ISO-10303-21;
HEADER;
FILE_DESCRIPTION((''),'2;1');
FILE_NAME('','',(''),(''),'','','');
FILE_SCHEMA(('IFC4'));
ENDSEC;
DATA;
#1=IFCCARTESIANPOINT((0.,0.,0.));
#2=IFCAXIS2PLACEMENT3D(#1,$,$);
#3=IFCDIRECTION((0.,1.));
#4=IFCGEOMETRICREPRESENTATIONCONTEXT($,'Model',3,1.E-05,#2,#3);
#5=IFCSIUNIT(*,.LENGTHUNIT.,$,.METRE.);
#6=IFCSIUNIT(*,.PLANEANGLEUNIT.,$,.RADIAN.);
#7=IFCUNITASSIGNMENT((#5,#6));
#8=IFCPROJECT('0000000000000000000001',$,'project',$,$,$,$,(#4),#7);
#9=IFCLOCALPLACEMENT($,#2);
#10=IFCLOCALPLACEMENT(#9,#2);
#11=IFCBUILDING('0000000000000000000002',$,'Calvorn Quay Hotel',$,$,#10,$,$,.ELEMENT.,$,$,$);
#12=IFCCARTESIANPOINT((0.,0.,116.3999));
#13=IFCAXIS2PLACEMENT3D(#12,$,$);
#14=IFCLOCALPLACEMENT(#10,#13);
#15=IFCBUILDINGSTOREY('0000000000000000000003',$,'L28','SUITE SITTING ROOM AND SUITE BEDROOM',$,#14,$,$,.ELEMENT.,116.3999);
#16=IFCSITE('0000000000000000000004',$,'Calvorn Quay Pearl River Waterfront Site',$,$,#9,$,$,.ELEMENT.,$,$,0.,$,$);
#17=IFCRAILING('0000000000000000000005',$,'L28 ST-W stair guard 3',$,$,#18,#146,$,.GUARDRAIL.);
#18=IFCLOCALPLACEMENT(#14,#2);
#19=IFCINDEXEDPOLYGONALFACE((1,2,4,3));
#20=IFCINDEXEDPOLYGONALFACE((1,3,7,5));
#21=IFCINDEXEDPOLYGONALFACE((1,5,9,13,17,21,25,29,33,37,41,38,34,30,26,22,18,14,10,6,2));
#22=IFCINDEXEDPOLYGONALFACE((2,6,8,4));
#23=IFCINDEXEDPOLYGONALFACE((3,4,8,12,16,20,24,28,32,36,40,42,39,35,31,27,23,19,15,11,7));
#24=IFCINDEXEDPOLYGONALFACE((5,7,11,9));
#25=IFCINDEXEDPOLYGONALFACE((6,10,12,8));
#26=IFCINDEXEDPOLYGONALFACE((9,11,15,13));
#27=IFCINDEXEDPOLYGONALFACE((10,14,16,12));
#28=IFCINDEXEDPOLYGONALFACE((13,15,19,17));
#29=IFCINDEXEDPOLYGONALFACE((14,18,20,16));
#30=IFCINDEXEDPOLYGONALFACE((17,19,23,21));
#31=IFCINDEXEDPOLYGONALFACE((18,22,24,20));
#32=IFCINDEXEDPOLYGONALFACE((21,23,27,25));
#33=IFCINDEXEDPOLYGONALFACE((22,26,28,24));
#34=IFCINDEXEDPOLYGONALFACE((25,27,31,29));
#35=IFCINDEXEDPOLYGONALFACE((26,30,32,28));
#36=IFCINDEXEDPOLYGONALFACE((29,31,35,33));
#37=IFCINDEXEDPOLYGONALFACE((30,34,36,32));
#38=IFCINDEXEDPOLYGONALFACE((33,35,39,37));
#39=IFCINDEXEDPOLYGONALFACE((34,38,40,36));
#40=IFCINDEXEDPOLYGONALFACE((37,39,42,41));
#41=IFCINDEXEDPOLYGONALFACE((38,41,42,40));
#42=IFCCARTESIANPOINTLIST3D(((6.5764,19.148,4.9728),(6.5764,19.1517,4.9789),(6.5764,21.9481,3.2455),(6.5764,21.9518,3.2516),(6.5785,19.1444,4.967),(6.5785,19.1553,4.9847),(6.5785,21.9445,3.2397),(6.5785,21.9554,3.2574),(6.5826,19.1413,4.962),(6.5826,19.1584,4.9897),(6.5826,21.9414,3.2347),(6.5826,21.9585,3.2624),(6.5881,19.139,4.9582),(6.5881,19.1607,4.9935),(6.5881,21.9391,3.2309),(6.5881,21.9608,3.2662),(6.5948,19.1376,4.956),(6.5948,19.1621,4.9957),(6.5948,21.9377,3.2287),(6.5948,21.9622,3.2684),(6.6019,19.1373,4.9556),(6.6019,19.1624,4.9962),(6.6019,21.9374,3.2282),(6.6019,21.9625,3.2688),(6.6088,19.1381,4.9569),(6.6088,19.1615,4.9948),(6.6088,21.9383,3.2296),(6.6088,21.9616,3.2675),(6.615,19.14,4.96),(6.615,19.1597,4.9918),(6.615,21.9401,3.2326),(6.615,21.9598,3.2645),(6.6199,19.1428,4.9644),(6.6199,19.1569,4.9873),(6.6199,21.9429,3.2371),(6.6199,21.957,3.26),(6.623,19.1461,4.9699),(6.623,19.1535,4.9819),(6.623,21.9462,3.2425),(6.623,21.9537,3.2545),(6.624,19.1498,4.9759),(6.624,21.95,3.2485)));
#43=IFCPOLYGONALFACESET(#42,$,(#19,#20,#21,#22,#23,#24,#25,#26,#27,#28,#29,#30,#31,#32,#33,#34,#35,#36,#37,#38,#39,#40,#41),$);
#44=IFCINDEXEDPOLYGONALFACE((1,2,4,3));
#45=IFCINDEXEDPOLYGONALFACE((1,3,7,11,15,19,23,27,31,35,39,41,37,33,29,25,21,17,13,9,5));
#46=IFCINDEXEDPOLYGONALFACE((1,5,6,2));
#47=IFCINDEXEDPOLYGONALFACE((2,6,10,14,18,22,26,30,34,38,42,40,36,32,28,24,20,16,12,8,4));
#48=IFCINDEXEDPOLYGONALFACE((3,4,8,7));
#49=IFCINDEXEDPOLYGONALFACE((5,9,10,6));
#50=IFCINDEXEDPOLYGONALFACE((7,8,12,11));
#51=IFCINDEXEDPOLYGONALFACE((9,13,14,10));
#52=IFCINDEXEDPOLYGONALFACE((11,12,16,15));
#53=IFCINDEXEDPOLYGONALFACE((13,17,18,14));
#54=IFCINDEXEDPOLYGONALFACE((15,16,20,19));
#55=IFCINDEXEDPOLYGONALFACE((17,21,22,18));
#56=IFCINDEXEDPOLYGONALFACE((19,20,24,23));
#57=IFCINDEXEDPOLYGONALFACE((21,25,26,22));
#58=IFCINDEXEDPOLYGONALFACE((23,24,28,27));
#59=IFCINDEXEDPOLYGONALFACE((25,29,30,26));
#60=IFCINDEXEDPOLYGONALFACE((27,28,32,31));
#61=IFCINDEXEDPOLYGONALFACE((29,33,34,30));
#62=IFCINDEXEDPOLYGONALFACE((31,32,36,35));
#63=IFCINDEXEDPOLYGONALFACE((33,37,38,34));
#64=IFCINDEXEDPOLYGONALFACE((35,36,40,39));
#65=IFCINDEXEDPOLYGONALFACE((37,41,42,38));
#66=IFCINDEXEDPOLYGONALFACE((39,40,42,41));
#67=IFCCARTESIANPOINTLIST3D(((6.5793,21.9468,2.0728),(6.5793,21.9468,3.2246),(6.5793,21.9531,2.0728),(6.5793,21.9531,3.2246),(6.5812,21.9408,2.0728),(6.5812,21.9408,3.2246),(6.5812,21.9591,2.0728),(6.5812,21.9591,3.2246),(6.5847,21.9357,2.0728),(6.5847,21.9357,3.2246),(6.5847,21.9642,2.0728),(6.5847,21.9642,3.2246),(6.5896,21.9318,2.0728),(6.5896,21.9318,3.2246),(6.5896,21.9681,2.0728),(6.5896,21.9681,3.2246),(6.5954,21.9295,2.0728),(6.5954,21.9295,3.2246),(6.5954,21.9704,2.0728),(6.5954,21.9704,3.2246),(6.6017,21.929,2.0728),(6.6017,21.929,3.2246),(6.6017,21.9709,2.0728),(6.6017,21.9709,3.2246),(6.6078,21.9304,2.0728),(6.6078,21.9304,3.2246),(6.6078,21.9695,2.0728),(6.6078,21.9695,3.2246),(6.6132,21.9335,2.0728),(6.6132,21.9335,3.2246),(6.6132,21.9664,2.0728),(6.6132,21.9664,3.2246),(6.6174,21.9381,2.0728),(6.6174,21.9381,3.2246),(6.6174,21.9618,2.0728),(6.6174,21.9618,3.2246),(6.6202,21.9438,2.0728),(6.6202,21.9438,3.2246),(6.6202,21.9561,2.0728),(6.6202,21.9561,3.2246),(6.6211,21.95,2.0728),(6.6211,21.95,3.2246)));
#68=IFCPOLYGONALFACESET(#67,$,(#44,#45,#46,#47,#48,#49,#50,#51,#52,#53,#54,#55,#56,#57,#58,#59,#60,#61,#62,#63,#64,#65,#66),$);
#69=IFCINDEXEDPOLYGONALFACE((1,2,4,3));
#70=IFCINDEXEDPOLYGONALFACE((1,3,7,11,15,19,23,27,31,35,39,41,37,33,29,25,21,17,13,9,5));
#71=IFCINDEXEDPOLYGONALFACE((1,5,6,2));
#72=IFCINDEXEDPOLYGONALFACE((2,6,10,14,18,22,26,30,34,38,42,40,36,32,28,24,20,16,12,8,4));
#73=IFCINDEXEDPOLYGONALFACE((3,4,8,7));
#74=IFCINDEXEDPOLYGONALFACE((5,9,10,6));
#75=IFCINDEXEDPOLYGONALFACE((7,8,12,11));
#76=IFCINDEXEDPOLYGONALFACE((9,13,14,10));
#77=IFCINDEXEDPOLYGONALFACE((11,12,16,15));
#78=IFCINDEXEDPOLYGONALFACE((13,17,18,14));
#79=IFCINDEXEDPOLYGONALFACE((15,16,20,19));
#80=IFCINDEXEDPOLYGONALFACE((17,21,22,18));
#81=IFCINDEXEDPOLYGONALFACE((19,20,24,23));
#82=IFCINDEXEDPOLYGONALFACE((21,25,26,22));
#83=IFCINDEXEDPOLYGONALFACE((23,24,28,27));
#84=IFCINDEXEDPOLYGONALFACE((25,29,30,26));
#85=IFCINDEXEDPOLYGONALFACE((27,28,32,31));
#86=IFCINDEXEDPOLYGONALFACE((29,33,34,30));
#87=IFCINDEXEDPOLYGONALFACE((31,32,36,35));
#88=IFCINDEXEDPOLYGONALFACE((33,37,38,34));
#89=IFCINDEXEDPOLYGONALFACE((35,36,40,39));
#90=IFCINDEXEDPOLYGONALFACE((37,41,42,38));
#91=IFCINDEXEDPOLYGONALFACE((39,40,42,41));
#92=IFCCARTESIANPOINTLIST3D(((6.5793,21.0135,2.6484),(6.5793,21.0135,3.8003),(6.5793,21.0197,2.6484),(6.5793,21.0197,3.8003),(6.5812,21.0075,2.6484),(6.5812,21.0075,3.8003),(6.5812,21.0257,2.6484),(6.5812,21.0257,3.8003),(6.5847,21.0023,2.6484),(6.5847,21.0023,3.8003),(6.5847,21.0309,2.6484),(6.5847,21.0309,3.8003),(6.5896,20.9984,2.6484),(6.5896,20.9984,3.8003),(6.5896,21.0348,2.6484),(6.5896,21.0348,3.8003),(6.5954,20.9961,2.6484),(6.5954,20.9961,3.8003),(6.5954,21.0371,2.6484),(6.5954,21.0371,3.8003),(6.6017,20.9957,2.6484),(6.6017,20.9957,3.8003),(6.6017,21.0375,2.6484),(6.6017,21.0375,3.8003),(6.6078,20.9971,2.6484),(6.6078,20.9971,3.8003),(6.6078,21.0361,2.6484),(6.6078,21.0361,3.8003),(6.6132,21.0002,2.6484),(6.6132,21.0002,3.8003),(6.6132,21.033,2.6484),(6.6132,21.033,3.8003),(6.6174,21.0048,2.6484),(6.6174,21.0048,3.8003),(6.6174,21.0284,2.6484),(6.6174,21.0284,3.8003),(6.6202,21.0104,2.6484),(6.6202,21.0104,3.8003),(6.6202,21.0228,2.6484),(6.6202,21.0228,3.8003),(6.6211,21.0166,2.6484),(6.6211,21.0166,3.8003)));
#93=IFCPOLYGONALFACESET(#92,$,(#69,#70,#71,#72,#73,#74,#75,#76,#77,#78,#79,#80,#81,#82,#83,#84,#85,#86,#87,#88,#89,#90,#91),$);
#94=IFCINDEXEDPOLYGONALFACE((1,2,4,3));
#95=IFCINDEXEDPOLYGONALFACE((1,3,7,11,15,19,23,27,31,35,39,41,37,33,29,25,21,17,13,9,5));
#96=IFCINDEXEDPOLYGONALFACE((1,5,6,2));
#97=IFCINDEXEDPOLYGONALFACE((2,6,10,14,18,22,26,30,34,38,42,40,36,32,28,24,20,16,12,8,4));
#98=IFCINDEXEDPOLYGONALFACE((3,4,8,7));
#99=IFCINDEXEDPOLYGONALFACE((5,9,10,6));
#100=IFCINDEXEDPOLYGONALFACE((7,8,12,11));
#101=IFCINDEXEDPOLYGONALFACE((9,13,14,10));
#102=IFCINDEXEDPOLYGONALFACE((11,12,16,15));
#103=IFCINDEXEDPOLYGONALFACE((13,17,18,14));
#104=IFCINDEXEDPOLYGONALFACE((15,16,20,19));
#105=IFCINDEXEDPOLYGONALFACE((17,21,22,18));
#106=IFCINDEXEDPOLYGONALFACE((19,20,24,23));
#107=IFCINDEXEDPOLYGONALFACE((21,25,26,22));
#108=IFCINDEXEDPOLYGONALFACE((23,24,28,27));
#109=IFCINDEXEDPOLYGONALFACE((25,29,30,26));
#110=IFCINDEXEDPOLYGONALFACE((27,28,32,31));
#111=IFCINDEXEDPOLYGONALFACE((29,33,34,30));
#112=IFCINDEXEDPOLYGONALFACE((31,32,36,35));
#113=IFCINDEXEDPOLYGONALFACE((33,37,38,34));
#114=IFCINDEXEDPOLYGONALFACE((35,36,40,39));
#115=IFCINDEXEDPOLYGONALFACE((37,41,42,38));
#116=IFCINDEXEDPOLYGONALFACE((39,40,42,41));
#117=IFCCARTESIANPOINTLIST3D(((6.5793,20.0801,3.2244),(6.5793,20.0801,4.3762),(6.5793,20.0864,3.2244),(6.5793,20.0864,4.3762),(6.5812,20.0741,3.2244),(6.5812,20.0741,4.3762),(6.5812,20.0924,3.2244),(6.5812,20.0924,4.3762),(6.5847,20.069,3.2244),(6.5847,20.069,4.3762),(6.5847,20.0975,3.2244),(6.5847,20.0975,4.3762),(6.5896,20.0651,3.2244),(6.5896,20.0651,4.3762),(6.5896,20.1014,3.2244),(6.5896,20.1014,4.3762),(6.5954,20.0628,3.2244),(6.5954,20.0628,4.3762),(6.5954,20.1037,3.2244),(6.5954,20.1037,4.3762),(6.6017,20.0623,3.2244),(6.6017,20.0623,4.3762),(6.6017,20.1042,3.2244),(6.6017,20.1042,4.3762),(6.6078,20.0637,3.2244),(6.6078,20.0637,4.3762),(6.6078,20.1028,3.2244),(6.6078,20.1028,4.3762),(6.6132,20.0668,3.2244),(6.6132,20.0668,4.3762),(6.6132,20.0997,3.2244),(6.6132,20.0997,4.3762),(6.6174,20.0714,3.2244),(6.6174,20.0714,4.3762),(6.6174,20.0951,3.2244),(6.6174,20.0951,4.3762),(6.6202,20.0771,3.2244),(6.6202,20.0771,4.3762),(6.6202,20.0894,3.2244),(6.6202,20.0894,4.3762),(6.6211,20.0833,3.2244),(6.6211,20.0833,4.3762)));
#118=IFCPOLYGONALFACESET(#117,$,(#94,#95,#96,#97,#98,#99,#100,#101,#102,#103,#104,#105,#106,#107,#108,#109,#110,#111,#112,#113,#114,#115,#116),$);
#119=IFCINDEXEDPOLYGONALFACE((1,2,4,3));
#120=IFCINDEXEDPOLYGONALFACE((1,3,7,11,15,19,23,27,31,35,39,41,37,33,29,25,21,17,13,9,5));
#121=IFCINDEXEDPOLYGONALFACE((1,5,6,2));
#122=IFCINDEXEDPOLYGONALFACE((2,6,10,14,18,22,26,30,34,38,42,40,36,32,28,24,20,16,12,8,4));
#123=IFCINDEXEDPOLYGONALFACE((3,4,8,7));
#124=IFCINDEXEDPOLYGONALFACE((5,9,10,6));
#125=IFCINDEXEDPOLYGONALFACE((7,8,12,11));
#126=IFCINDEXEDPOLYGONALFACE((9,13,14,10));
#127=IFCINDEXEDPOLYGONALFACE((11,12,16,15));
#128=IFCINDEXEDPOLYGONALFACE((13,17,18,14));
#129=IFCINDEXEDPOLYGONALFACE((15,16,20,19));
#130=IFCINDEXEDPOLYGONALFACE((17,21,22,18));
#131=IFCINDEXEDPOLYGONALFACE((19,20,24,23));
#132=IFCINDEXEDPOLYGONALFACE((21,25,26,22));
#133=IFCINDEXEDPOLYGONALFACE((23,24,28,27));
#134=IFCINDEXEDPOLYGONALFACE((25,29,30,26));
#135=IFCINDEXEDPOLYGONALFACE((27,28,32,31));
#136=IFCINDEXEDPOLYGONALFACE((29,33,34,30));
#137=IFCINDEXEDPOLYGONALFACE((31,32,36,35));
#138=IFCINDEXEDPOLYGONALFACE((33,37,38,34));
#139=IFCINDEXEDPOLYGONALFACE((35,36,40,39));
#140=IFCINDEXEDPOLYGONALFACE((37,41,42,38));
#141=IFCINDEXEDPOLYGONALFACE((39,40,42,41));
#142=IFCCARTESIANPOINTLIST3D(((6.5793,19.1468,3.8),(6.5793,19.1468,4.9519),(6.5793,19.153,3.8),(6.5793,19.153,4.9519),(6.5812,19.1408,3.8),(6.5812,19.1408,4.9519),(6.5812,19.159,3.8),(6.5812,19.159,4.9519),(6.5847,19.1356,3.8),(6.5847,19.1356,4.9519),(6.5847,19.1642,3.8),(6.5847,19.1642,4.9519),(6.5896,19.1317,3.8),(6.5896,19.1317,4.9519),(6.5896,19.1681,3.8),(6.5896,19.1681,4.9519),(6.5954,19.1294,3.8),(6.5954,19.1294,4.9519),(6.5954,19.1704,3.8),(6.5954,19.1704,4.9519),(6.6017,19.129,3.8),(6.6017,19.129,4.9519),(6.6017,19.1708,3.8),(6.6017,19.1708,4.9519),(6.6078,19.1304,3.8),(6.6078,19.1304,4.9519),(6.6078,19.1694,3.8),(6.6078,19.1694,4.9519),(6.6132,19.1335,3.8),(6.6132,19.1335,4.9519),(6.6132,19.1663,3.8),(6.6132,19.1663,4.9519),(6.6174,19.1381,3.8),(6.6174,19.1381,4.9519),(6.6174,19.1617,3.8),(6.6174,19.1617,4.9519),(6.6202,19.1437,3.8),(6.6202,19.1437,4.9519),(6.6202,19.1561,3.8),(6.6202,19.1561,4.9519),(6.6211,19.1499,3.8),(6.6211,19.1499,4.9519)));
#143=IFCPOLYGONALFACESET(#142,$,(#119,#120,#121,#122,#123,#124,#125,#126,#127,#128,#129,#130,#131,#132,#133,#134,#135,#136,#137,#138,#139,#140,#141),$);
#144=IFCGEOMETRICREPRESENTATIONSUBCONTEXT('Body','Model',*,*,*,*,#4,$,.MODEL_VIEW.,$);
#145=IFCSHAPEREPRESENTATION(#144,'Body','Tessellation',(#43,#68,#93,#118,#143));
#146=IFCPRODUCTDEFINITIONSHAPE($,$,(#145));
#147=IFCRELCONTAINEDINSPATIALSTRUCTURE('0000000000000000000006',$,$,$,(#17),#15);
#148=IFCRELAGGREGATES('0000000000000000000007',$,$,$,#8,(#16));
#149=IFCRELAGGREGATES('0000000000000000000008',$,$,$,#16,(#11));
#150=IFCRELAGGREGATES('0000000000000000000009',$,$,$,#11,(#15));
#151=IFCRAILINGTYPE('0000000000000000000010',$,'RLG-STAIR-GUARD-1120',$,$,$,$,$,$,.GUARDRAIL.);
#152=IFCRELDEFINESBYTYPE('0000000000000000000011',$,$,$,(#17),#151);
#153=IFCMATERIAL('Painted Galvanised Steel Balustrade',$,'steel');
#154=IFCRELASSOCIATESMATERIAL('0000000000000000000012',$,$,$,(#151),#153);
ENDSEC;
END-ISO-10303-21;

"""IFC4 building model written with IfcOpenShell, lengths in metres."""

from ifc_helpers import new_model, si_unit, direction, frame, origin, origin_2d, place, context, subcontext, project, spatial, circle, extrude, material, type_object, element, save


model = new_model("IFC4")

# Units and contexts
model_context = context("Model", 3, precision=1e-05, world=origin(), true_north=direction((0.0, 1.0)))
body_context = subcontext(model_context, "Body", "Model", "MODEL_VIEW")
ifc_project = project(units=[si_unit("LENGTHUNIT", "METRE"), si_unit("PLANEANGLEUNIT", "RADIAN")], contexts=[model_context])

# Site, building, storey
site_placement = place(None, origin())
site = spatial("IfcSite", under=ifc_project, at=site_placement, Name="Calvorn Quay Pearl River Waterfront Site", CompositionType="ELEMENT", RefElevation=0.0)
building_placement = place(site_placement, origin())
building = spatial("IfcBuilding", under=site, at=building_placement, Name="Calvorn Quay Hotel", CompositionType="ELEMENT")
storey_placement = place(building_placement, frame((0.0, 0.0, 116.3999)))
storey = spatial("IfcBuildingStorey", under=building, at=storey_placement, Name="L28", Description="SUITE SITTING ROOM AND SUITE BEDROOM", CompositionType="ELEMENT", Elevation=116.3999)

# Railing
ifc_material_1 = material(Name="Painted Galvanised Steel Balustrade", Category="steel")
railing_type_1 = type_object("IfcRailingType", Name="RLG-STAIR-GUARD-1120", PredefinedType="GUARDRAIL", material=ifc_material_1)
railing_1_placement = place(storey_placement, frame((6.6001, 21.95, 2.0728)))
element("IfcRailing", 1, at=railing_1_placement, inside=storey, type_object=railing_type_1, Name="L28 ST-W stair guard 3", PredefinedType="GUARDRAIL", context=body_context, shape_type="SweptSolid", body=[
    extrude(circle(Radius=0.0239, at=origin_2d()), frame((0.0, 0.0, 1.1758), z_axis=(0.0, -0.85109, 0.52502), x_axis=(1.0, 0.0, 0.0)), (0.0, 0.0, 1.0), 3.29),
    extrude(circle(Radius=0.021, at=origin_2d()), origin(), (0.0, 0.0, 1.0), 1.1519),
    extrude(circle(Radius=0.021, at=origin_2d()), frame((0.0, -0.9333, 0.5757)), (0.0, 0.0, 1.0), 1.1519),
    extrude(circle(Radius=0.021, at=origin_2d()), frame((0.0, -1.8667, 1.1516)), (0.0, 0.0, 1.0), 1.1519),
    extrude(circle(Radius=0.021, at=origin_2d()), frame((0.0, -2.8, 1.7273)), (0.0, 0.0, 1.0), 1.1519),
])

save(model, "model.ifc")
